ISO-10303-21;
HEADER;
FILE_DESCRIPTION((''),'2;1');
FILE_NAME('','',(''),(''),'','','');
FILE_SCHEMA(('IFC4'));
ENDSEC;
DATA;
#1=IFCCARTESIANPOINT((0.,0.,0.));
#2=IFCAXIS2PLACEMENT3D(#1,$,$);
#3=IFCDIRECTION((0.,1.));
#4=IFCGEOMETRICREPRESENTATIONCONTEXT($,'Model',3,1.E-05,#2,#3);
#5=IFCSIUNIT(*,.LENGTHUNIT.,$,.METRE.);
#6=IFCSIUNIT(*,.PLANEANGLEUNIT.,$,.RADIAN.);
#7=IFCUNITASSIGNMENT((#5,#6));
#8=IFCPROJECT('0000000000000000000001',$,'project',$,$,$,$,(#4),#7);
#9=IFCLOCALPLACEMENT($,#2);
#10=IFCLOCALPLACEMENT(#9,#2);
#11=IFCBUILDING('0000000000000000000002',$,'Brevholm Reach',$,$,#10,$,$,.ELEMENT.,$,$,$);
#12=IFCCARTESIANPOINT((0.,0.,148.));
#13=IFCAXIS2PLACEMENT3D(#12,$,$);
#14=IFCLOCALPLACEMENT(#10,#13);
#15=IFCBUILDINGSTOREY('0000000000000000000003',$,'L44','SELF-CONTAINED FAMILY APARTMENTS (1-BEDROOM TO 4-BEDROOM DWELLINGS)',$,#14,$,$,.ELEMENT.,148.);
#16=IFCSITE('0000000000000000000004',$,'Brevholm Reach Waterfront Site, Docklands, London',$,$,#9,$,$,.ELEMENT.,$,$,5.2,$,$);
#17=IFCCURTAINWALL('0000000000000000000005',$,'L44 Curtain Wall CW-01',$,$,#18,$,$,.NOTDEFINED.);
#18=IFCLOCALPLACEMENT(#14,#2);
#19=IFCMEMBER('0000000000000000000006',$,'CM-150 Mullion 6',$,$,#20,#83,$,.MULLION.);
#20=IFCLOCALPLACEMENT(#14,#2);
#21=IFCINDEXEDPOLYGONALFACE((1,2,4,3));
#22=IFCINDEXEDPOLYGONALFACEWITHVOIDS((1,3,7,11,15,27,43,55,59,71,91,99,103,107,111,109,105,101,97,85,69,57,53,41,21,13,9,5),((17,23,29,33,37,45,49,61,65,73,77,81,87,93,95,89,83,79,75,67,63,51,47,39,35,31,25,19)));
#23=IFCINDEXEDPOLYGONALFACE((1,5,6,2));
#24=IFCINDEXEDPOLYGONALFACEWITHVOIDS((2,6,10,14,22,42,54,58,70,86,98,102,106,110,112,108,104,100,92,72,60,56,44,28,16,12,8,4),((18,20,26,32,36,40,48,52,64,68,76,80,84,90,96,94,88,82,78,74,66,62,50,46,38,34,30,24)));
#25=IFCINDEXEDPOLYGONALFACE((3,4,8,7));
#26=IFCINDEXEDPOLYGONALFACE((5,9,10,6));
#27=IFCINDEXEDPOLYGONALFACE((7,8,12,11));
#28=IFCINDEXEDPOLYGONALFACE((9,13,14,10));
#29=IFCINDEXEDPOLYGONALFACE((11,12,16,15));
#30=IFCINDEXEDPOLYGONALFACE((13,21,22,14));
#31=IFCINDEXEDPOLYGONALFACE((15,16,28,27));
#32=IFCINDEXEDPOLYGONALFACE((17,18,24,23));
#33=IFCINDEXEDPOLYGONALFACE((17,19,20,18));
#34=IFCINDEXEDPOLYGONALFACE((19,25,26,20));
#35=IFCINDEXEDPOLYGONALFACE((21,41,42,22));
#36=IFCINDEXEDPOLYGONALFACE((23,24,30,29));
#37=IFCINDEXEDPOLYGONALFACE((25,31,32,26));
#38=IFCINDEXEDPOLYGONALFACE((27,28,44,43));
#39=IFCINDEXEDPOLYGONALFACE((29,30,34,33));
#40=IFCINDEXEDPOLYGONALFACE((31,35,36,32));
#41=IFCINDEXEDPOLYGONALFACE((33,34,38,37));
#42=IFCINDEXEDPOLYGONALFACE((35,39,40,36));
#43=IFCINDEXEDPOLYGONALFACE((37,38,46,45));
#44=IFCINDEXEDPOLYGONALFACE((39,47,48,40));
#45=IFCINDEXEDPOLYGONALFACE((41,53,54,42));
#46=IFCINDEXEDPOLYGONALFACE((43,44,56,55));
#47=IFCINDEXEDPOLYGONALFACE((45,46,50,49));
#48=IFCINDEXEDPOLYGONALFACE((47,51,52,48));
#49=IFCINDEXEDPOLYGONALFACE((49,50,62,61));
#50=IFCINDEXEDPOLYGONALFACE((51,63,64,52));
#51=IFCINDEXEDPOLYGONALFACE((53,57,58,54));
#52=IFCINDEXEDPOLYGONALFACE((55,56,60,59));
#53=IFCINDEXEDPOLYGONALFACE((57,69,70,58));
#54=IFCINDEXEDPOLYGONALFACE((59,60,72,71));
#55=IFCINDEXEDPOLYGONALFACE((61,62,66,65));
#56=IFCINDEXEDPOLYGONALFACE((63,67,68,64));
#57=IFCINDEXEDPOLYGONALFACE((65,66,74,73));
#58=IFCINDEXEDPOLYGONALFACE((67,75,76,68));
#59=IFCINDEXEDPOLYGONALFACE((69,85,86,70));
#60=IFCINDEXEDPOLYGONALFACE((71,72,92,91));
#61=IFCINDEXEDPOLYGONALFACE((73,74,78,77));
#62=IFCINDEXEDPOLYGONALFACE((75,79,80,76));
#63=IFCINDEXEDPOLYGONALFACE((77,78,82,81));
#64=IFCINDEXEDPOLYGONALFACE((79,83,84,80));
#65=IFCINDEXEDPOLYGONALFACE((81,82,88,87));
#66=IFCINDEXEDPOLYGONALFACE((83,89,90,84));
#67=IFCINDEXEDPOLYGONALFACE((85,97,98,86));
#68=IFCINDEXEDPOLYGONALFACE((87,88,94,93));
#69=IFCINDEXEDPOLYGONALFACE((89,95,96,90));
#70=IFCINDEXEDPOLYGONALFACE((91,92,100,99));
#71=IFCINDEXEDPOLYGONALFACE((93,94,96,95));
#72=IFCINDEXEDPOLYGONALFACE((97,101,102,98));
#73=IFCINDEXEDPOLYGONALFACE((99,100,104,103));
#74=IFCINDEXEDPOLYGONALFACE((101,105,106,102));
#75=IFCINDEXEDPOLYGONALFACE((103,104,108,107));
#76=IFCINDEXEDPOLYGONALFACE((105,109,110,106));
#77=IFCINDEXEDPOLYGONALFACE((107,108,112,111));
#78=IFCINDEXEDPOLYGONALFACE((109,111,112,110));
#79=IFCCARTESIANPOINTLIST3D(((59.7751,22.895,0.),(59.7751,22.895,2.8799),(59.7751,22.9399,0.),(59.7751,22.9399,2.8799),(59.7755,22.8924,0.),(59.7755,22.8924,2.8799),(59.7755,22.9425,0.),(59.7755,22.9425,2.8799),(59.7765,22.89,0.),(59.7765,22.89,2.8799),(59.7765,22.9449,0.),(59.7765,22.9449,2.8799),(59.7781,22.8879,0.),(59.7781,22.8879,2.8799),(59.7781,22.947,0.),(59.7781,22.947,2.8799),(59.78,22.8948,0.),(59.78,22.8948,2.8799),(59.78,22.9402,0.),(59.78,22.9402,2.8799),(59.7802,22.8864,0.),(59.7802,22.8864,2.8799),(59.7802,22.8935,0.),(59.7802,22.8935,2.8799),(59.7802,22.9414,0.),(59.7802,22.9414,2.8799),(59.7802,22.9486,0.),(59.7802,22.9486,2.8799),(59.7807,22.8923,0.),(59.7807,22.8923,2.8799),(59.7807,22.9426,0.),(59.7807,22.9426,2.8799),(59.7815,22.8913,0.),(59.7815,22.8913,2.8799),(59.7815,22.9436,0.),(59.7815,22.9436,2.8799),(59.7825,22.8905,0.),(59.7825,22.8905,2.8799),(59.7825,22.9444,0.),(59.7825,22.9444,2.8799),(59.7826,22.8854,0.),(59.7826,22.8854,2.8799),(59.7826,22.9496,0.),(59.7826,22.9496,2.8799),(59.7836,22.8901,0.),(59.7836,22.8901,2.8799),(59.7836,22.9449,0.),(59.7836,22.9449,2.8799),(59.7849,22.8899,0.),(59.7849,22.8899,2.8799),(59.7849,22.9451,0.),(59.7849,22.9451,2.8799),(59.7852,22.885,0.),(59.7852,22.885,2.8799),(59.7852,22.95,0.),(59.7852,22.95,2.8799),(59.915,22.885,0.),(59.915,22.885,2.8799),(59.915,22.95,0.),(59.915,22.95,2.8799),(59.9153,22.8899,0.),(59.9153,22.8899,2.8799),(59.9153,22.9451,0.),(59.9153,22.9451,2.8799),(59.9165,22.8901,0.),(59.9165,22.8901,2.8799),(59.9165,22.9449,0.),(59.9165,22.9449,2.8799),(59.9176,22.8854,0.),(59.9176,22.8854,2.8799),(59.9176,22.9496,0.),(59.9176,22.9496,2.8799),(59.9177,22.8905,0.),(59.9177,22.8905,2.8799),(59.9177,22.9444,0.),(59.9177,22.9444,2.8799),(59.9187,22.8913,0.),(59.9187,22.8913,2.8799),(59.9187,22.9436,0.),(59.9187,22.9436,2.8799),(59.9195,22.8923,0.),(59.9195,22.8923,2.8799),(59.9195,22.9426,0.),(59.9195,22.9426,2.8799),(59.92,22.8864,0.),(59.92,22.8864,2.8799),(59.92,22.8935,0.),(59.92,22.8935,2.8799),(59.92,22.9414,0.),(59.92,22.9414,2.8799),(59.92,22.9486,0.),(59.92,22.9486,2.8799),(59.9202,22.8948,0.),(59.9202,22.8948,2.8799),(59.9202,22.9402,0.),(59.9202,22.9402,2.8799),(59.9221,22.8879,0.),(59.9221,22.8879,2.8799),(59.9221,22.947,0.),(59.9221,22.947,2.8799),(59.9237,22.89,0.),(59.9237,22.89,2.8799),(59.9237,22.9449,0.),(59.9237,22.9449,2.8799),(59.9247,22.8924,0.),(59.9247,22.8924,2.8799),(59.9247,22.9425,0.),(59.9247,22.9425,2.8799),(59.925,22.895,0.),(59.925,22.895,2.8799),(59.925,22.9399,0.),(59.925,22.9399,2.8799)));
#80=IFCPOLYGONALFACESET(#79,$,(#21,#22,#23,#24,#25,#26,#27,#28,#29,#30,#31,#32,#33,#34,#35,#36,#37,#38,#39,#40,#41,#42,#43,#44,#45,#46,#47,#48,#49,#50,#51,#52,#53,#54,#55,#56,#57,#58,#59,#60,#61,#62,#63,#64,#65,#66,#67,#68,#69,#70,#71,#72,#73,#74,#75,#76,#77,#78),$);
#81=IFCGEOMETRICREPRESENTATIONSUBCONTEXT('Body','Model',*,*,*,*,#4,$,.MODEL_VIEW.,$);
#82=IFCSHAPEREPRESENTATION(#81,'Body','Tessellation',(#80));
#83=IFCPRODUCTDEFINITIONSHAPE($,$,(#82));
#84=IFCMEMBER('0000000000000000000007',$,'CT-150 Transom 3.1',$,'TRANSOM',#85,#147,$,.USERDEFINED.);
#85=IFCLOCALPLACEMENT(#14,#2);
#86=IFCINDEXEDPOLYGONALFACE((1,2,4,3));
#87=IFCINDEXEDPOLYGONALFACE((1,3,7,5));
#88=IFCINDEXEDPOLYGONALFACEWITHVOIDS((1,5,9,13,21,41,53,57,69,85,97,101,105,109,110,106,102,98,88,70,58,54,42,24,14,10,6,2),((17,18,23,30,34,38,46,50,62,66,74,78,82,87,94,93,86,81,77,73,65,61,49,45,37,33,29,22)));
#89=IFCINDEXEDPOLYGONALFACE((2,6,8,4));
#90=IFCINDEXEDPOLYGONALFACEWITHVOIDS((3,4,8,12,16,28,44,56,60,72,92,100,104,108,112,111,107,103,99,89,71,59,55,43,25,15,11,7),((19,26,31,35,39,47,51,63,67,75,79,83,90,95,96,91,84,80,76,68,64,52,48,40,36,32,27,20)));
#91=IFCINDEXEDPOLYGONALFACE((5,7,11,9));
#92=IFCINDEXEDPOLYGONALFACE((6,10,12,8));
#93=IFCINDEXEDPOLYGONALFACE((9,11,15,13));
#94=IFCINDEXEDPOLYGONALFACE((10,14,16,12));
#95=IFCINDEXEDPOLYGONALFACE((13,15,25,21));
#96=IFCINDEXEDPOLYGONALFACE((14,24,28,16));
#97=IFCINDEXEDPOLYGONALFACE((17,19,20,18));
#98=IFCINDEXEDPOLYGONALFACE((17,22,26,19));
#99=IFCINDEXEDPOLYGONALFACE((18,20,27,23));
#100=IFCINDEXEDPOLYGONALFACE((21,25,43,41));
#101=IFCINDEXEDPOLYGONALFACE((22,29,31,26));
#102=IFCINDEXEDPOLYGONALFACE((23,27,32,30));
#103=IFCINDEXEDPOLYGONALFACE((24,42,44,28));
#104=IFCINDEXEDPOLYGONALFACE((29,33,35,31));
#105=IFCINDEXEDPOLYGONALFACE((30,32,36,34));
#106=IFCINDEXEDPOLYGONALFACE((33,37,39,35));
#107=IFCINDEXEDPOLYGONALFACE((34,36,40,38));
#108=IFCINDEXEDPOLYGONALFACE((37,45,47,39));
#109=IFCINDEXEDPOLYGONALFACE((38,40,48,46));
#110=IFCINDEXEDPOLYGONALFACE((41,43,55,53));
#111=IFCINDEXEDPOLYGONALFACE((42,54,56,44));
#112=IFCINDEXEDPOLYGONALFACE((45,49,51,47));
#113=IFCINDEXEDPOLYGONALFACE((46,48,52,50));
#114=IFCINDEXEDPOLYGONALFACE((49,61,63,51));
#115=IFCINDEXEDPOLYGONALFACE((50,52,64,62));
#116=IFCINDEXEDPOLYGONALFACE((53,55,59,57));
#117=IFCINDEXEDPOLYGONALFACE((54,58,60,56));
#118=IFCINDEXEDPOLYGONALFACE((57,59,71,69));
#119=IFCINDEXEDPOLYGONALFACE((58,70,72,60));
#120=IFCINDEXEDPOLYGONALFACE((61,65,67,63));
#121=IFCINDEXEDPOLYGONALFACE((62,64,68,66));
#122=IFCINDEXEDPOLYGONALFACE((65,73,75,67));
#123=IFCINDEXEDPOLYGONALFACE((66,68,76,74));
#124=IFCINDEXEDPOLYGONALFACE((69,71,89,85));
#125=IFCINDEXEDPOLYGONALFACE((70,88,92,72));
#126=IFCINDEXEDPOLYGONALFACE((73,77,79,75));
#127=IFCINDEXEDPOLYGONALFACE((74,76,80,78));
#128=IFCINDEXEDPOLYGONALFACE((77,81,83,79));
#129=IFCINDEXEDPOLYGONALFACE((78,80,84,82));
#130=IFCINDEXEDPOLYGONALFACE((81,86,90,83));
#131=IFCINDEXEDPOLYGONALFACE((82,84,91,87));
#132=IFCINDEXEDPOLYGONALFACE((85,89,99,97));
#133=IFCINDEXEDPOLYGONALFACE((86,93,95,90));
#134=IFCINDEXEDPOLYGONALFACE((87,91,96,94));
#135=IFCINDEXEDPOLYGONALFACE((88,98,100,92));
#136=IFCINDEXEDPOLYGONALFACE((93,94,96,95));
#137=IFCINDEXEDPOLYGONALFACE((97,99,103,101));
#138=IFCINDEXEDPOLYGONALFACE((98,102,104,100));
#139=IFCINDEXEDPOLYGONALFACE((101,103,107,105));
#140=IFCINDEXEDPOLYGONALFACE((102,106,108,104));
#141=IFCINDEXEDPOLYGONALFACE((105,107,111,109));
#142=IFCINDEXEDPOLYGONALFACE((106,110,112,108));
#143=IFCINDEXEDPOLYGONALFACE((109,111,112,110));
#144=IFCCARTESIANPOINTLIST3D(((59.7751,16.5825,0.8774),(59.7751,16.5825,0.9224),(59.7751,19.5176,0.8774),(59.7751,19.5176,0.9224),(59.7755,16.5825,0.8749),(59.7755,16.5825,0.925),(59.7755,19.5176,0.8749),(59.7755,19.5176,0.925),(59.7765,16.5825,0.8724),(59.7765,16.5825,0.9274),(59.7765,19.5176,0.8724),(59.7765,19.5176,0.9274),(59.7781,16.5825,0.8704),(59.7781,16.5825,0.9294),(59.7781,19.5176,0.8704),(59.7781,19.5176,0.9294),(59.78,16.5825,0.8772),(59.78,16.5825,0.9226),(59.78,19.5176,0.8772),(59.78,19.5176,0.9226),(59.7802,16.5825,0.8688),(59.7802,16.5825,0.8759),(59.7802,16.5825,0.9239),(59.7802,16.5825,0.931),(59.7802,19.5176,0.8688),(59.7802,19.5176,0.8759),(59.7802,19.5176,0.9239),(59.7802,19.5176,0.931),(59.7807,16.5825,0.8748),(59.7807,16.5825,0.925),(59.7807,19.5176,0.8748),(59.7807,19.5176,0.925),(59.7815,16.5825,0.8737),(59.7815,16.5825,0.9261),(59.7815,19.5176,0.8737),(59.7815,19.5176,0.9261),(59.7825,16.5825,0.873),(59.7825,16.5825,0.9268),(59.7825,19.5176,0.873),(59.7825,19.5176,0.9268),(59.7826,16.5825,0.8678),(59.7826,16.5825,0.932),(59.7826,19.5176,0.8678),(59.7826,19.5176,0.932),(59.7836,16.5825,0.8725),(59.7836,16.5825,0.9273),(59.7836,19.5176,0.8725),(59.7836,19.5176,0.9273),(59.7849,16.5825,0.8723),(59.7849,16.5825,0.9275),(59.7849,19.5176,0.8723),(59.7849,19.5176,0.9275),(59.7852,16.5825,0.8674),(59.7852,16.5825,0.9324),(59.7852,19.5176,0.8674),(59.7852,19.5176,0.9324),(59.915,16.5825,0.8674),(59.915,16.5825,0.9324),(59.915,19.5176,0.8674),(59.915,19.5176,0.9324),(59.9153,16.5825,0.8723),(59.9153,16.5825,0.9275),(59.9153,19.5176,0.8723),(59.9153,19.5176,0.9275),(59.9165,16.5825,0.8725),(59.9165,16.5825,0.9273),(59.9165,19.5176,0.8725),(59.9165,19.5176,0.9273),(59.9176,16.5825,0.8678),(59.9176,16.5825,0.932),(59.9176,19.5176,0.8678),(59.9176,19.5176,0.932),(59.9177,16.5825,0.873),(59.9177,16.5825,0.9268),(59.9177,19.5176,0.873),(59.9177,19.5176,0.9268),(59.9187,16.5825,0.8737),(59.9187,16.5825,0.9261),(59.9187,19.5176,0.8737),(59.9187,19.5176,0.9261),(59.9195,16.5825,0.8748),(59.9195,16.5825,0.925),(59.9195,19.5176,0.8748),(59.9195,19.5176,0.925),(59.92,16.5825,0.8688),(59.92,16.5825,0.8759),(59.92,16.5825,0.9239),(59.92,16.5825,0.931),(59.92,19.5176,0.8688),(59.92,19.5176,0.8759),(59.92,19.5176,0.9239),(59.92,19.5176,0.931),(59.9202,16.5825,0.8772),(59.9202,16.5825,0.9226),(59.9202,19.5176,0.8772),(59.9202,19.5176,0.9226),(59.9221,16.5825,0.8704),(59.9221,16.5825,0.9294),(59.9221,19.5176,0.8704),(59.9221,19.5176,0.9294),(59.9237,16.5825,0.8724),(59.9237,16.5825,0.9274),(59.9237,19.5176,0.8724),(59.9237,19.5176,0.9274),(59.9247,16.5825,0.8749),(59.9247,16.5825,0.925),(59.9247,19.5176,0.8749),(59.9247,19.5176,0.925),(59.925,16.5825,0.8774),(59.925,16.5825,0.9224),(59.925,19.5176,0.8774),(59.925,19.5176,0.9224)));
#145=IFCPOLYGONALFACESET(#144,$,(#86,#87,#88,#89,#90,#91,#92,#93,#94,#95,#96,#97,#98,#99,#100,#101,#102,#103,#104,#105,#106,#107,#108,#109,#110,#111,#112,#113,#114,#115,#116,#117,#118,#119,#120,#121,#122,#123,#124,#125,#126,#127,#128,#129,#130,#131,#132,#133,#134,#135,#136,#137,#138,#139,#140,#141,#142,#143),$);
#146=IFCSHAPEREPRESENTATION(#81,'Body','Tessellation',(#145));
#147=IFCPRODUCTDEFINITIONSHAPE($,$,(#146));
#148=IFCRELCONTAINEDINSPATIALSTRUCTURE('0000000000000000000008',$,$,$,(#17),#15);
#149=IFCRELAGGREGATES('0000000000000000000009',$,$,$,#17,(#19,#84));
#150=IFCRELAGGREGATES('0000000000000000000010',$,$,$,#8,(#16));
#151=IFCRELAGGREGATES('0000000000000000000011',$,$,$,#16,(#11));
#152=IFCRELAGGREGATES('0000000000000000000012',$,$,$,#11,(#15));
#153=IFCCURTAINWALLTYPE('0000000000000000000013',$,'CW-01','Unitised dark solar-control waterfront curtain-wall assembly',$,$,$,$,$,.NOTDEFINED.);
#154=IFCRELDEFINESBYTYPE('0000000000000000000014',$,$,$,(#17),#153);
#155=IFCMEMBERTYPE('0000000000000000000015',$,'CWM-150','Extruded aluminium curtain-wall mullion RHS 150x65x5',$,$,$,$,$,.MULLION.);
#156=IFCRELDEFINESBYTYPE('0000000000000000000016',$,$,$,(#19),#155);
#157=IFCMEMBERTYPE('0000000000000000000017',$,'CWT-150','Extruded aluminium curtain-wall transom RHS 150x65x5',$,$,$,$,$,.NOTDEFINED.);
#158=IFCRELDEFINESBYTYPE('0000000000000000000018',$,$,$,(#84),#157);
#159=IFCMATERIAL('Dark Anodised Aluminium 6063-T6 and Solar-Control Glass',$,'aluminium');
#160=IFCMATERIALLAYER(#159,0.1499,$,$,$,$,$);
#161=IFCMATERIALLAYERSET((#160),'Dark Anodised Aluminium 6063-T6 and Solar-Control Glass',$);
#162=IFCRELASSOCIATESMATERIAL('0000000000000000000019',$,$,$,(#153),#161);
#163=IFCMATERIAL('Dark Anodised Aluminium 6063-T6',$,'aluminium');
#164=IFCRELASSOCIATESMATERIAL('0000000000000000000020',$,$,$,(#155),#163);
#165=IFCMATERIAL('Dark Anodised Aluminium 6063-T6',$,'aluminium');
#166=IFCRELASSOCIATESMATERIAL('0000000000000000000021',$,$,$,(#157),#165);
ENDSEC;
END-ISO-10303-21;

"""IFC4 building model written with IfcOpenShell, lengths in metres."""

from ifc_helpers import new_model, si_unit, direction, frame, origin, origin_2d, place, context, subcontext, project, spatial, hollow_rectangle, extrude, material, layer, layer_set, material_profile, profile_set, type_object, element, aggregate, save


model = new_model("IFC4")

# Units and contexts
model_context = context("Model", 3, precision=1e-05, world=origin(), true_north=direction((0.0, 1.0)))
body_context = subcontext(model_context, "Body", "Model", "MODEL_VIEW")
ifc_project = project(units=[si_unit("LENGTHUNIT", "METRE"), si_unit("PLANEANGLEUNIT", "RADIAN")], contexts=[model_context])

# Site, building, storey
site_placement = place(None, origin())
site = spatial("IfcSite", under=ifc_project, at=site_placement, Name="Brevholm Reach Waterfront Site, Docklands, London", CompositionType="ELEMENT", RefElevation=5.2)
building_placement = place(site_placement, origin())
building = spatial("IfcBuilding", under=site, at=building_placement, Name="Brevholm Reach", CompositionType="ELEMENT")
storey_placement = place(building_placement, frame((0.0, 0.0, 148.0)))
storey = spatial("IfcBuildingStorey", under=building, at=storey_placement, Name="L44", Description="SELF-CONTAINED FAMILY APARTMENTS (1-BEDROOM TO 4-BEDROOM DWELLINGS)", CompositionType="ELEMENT", Elevation=148.0)

# Curtain wall, members
ifc_material_1 = material(Name="Dark Anodised Aluminium 6063-T6 and Solar-Control Glass", Category="aluminium")
ifc_layer_1 = layer(ifc_material_1, 0.1499)
ifc_layer_set_1 = layer_set([ifc_layer_1], Name="Dark Anodised Aluminium 6063-T6 and Solar-Control Glass")
curtain_wall_type = type_object("IfcCurtainWallType", Name="CW-01", Description="Unitised dark solar-control waterfront curtain-wall assembly", PredefinedType="NOTDEFINED", material=ifc_layer_set_1)
curtain_wall_placement = place(storey_placement, origin())
curtain_wall = element("IfcCurtainWall", 1, at=curtain_wall_placement, inside=storey, type_object=curtain_wall_type, Name="L44 Curtain Wall CW-01", PredefinedType="NOTDEFINED")
ifc_material_2 = material(Name="Dark Anodised Aluminium 6063-T6", Category="aluminium")
ifc_material_profile_1 = material_profile(ifc_material_2, hollow_rectangle(XDim=0.0649, YDim=0.1499, WallThickness=0.0049, InnerFilletRadius=0.0049, OuterFilletRadius=0.01, at=origin_2d()), Name="RHS 150x65x5")
ifc_profile_set_1 = profile_set([ifc_material_profile_1], Name="Dark Anodised Aluminium 6063-T6")
member_type_1 = type_object("IfcMemberType", Name="CWM-150", Description="Extruded aluminium curtain-wall mullion RHS 150x65x5", PredefinedType="MULLION", material=ifc_profile_set_1)
member_1_placement = place(storey_placement, frame((59.8501, 22.9175, 0.0), z_axis=(0.0, 0.0, 1.0), x_axis=(0.0, 1.0, 0.0)))
member_1 = element("IfcMember", 2, at=member_1_placement, type_object=member_type_1, Name="CM-150 Mullion 6", PredefinedType="MULLION", context=body_context, shape_type="SweptSolid", body=[
    extrude(hollow_rectangle(XDim=0.0649, YDim=0.1499, WallThickness=0.0049, InnerFilletRadius=0.0049, OuterFilletRadius=0.01, at=origin_2d()), origin(), (0.0, 0.0, 1.0), 2.8799),
])
ifc_material_3 = material(Name="Dark Anodised Aluminium 6063-T6", Category="aluminium")
ifc_material_profile_2 = material_profile(ifc_material_3, hollow_rectangle(XDim=0.0649, YDim=0.1499, WallThickness=0.0049, InnerFilletRadius=0.0049, OuterFilletRadius=0.01, at=origin_2d()), Name="RHS 150x65x5")
ifc_profile_set_2 = profile_set([ifc_material_profile_2], Name="Dark Anodised Aluminium 6063-T6")
member_type_2 = type_object("IfcMemberType", Name="CWT-150", Description="Extruded aluminium curtain-wall transom RHS 150x65x5", PredefinedType="NOTDEFINED", material=ifc_profile_set_2)
member_2_placement = place(storey_placement, frame((59.8501, 16.5825, 0.8999), z_axis=(0.0, 1.0, 0.0), x_axis=(0.0, 0.0, 1.0)))
member_2 = element("IfcMember", 3, at=member_2_placement, type_object=member_type_2, Name="CT-150 Transom 3.1", ObjectType="TRANSOM", PredefinedType="USERDEFINED", context=body_context, shape_type="SweptSolid", body=[
    extrude(hollow_rectangle(XDim=0.0649, YDim=0.1499, WallThickness=0.0049, InnerFilletRadius=0.0049, OuterFilletRadius=0.01, at=origin_2d()), origin(), (0.0, 0.0, 1.0), 2.9351),
])
aggregate(curtain_wall, [member_1, member_2])

save(model, "model.ifc")
